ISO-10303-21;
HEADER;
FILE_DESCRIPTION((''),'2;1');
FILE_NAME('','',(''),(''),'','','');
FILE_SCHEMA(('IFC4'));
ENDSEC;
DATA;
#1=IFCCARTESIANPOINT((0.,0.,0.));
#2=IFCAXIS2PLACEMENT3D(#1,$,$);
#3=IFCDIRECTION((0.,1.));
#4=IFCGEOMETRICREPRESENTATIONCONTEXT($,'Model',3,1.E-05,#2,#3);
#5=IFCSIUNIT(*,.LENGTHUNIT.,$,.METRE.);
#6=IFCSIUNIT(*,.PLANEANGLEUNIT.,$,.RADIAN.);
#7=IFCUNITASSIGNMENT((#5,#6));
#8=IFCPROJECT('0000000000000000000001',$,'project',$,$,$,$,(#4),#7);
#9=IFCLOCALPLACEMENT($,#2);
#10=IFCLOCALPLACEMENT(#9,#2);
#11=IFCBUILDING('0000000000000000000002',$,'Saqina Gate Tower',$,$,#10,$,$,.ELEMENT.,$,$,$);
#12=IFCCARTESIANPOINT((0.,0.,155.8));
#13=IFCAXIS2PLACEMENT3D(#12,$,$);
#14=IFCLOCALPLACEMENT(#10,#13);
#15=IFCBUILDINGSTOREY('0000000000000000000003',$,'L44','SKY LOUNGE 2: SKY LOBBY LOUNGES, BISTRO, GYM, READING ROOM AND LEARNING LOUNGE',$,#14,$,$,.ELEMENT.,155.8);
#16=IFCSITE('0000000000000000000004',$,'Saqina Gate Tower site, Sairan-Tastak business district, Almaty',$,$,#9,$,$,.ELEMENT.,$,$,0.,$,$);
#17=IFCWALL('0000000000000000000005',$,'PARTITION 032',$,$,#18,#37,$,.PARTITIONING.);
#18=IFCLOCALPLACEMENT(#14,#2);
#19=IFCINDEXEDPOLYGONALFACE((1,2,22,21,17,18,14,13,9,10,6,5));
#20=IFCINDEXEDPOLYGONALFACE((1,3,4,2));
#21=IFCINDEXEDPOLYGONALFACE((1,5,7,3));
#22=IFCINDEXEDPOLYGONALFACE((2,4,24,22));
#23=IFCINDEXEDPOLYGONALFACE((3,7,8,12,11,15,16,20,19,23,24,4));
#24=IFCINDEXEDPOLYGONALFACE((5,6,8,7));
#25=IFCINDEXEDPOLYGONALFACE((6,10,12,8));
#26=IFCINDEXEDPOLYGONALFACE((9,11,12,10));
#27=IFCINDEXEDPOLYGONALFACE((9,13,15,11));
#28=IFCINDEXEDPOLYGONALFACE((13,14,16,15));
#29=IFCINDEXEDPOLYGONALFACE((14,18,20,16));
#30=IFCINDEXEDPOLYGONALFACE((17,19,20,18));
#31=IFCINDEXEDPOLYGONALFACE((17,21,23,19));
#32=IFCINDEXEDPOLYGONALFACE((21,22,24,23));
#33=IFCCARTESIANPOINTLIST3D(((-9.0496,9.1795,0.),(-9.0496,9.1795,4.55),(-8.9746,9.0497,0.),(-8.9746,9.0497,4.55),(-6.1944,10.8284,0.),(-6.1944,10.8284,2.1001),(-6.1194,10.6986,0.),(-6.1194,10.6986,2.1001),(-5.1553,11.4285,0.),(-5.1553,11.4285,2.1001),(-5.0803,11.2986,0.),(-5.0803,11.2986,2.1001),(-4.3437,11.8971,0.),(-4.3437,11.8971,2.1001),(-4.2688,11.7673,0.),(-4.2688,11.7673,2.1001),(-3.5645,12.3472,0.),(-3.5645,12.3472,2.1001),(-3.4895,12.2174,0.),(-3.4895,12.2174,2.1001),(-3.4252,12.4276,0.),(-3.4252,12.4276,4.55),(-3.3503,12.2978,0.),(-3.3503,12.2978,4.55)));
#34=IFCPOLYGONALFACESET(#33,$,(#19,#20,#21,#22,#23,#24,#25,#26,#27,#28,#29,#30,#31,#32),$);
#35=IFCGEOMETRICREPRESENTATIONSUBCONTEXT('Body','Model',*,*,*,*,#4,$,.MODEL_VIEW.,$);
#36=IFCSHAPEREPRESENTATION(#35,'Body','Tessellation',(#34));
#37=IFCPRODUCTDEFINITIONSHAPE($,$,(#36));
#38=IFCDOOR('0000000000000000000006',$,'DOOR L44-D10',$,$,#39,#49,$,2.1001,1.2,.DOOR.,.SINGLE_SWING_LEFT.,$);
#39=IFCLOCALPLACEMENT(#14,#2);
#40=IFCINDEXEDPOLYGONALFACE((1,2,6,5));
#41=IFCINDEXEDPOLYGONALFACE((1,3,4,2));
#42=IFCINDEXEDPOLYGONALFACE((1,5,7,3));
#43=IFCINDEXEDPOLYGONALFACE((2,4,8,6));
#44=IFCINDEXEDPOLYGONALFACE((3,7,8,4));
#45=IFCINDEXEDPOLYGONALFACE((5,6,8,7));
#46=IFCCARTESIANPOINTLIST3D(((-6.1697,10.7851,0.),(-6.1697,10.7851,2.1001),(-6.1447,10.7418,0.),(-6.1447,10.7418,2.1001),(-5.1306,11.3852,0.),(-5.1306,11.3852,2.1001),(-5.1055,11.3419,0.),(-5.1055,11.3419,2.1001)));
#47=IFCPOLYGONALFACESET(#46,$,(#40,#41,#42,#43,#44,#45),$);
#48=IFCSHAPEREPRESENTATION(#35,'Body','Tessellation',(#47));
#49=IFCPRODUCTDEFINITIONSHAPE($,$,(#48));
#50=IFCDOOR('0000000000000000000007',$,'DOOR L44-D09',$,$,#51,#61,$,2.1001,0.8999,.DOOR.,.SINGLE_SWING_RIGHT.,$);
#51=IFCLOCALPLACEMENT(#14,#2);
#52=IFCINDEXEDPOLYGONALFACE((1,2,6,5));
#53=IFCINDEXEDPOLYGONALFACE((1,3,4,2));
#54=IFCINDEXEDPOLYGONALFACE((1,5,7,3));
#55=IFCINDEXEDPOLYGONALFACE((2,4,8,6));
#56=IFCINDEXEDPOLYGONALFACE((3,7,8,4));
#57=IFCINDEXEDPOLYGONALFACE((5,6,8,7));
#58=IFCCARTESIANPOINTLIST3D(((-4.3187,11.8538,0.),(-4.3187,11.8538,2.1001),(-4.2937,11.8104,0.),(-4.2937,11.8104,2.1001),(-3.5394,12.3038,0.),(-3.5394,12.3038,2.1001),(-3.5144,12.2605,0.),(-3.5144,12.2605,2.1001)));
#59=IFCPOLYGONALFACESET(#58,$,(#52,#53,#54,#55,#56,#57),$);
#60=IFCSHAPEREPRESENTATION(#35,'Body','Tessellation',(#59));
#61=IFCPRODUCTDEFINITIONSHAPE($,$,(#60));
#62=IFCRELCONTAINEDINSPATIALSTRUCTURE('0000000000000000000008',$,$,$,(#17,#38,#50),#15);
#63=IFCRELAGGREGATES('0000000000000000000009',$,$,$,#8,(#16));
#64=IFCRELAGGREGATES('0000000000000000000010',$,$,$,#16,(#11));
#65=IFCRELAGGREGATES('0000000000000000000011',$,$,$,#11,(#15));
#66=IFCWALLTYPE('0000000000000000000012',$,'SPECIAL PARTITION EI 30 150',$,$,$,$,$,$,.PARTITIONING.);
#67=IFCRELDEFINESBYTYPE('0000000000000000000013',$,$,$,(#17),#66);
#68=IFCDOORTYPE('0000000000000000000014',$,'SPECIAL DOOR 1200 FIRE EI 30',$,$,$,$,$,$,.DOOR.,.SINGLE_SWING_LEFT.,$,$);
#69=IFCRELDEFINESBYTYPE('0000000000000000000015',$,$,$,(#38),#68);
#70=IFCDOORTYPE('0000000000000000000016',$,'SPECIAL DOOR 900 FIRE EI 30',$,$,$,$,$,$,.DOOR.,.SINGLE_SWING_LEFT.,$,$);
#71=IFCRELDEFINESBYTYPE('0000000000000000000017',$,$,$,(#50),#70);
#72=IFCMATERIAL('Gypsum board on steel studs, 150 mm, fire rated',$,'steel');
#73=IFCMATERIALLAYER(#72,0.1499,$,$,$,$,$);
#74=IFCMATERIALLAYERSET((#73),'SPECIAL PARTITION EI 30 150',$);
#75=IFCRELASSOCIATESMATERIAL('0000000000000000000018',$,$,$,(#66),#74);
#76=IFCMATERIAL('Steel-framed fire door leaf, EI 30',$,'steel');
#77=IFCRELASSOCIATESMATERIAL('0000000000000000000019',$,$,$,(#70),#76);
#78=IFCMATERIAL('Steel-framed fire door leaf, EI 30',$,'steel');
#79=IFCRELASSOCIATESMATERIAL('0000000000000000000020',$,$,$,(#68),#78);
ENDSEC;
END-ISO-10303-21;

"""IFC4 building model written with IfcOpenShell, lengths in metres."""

from ifc_helpers import new_model, si_unit, direction, frame, frame_2d, origin, place, context, subcontext, project, spatial, rectangle, extrude, material, layer, layer_set, type_object, element, fill, save


model = new_model("IFC4")

# Units and contexts
model_context = context("Model", 3, precision=1e-05, world=origin(), true_north=direction((0.0, 1.0)))
body_context = subcontext(model_context, "Body", "Model", "MODEL_VIEW")
ifc_project = project(units=[si_unit("LENGTHUNIT", "METRE"), si_unit("PLANEANGLEUNIT", "RADIAN")], contexts=[model_context])

# Site, building, storey
site_placement = place(None, origin())
site = spatial("IfcSite", under=ifc_project, at=site_placement, Name="Saqina Gate Tower site, Sairan-Tastak business district, Almaty", CompositionType="ELEMENT", RefElevation=0.0)
building_placement = place(site_placement, origin())
building = spatial("IfcBuilding", under=site, at=building_placement, Name="Saqina Gate Tower", CompositionType="ELEMENT")
storey_placement = place(building_placement, frame((0.0, 0.0, 155.8)))
storey = spatial("IfcBuildingStorey", under=building, at=storey_placement, Name="L44", Description="SKY LOUNGE 2: SKY LOBBY LOUNGES, BISTRO, GYM, READING ROOM AND LEARNING LOUNGE", CompositionType="ELEMENT", Elevation=155.8)

# Wall, openings, doors
ifc_material_1 = material(Name="Gypsum board on steel studs, 150 mm, fire rated", Category="steel")
ifc_layer_1 = layer(ifc_material_1, 0.1499)
ifc_layer_set_1 = layer_set([ifc_layer_1], Name="SPECIAL PARTITION EI 30 150")
wall_type_1 = type_object("IfcWallType", Name="SPECIAL PARTITION EI 30 150", PredefinedType="PARTITIONING", material=ifc_layer_set_1)
ifc_material_2 = material(Name="Steel-framed fire door leaf, EI 30", Category="steel")
door_type_1 = type_object("IfcDoorType", Name="SPECIAL DOOR 900 FIRE EI 30", OperationType="SINGLE_SWING_LEFT", PredefinedType="DOOR", material=ifc_material_2)
wall_1_placement = place(storey_placement, frame((-9.0122, 9.1145, 0.0), z_axis=(0.0, 0.0, 1.0), x_axis=(0.865967, 0.500101, 0.0)))
wall_1 = element("IfcWall", 1, at=wall_1_placement, inside=storey, type_object=wall_type_1, Name="PARTITION 032", PredefinedType="PARTITIONING", context=body_context, shape_type="SweptSolid", body=[
    extrude(rectangle(XDim=6.4949, YDim=0.1499, at=frame_2d((3.2476, 0.0))), origin(), (0.0, 0.0, 1.0), 4.55),
])
opening_1_placement = place(wall_1_placement, frame((5.4343, 0.0, 0.0)))
opening_1 = element("IfcOpeningElement", 2, at=opening_1_placement, cuts=wall_1, PredefinedType="OPENING", context=body_context, shape_type="SweptSolid", body=[
    extrude(rectangle(XDim=0.8999, YDim=2.1001, at=frame_2d((0.45, 1.05))), frame((0.0, 0.0869, 0.0), z_axis=(0.0, -1.0, 0.0), x_axis=(1.0, 0.0, 0.0)), (0.0, 0.0, 1.0), 0.1738),
])
opening_2_placement = place(wall_1_placement, frame((3.2971, 0.0, 0.0)))
opening_2 = element("IfcOpeningElement", 3, at=opening_2_placement, cuts=wall_1, PredefinedType="OPENING", context=body_context, shape_type="SweptSolid", body=[
    extrude(rectangle(XDim=1.2, YDim=2.1001, at=frame_2d((0.6001, 1.05))), frame((0.0, 0.0869, 0.0), z_axis=(0.0, -1.0, 0.0), x_axis=(1.0, 0.0, 0.0)), (0.0, 0.0, 1.0), 0.1738),
])
ifc_material_3 = material(Name="Steel-framed fire door leaf, EI 30", Category="steel")
door_type_2 = type_object("IfcDoorType", Name="SPECIAL DOOR 1200 FIRE EI 30", OperationType="SINGLE_SWING_LEFT", PredefinedType="DOOR", material=ifc_material_3)
door_1_placement = place(opening_2_placement, frame((1.2, 0.0, 0.0), z_axis=(0.0, 0.0, 1.0), x_axis=(-1.0, 0.0, 0.0)))
door_1 = element("IfcDoor", 4, at=door_1_placement, inside=storey, type_object=door_type_2, Name="DOOR L44-D10", OperationType="SINGLE_SWING_LEFT", OverallHeight=2.1001, OverallWidth=1.2, PredefinedType="DOOR", context=body_context, shape_type="SweptSolid", body=[
    extrude(rectangle(XDim=1.2, YDim=2.1001, at=frame_2d((0.6001, 1.05))), frame((0.0, 0.0249, 0.0), z_axis=(0.0, -1.0, 0.0), x_axis=(1.0, 0.0, 0.0)), (0.0, 0.0, 1.0), 0.05),
])
fill(opening_2, door_1)
door_2_placement = place(opening_1_placement, origin())
door_2 = element("IfcDoor", 5, at=door_2_placement, inside=storey, type_object=door_type_1, Name="DOOR L44-D09", OperationType="SINGLE_SWING_RIGHT", OverallHeight=2.1001, OverallWidth=0.8999, PredefinedType="DOOR", context=body_context, shape_type="SweptSolid", body=[
    extrude(rectangle(XDim=0.8999, YDim=2.1001, at=frame_2d((0.45, 1.05))), frame((0.0, 0.0249, 0.0), z_axis=(0.0, -1.0, 0.0), x_axis=(1.0, 0.0, 0.0)), (0.0, 0.0, 1.0), 0.05),
])
fill(opening_1, door_2)

save(model, "model.ifc")
